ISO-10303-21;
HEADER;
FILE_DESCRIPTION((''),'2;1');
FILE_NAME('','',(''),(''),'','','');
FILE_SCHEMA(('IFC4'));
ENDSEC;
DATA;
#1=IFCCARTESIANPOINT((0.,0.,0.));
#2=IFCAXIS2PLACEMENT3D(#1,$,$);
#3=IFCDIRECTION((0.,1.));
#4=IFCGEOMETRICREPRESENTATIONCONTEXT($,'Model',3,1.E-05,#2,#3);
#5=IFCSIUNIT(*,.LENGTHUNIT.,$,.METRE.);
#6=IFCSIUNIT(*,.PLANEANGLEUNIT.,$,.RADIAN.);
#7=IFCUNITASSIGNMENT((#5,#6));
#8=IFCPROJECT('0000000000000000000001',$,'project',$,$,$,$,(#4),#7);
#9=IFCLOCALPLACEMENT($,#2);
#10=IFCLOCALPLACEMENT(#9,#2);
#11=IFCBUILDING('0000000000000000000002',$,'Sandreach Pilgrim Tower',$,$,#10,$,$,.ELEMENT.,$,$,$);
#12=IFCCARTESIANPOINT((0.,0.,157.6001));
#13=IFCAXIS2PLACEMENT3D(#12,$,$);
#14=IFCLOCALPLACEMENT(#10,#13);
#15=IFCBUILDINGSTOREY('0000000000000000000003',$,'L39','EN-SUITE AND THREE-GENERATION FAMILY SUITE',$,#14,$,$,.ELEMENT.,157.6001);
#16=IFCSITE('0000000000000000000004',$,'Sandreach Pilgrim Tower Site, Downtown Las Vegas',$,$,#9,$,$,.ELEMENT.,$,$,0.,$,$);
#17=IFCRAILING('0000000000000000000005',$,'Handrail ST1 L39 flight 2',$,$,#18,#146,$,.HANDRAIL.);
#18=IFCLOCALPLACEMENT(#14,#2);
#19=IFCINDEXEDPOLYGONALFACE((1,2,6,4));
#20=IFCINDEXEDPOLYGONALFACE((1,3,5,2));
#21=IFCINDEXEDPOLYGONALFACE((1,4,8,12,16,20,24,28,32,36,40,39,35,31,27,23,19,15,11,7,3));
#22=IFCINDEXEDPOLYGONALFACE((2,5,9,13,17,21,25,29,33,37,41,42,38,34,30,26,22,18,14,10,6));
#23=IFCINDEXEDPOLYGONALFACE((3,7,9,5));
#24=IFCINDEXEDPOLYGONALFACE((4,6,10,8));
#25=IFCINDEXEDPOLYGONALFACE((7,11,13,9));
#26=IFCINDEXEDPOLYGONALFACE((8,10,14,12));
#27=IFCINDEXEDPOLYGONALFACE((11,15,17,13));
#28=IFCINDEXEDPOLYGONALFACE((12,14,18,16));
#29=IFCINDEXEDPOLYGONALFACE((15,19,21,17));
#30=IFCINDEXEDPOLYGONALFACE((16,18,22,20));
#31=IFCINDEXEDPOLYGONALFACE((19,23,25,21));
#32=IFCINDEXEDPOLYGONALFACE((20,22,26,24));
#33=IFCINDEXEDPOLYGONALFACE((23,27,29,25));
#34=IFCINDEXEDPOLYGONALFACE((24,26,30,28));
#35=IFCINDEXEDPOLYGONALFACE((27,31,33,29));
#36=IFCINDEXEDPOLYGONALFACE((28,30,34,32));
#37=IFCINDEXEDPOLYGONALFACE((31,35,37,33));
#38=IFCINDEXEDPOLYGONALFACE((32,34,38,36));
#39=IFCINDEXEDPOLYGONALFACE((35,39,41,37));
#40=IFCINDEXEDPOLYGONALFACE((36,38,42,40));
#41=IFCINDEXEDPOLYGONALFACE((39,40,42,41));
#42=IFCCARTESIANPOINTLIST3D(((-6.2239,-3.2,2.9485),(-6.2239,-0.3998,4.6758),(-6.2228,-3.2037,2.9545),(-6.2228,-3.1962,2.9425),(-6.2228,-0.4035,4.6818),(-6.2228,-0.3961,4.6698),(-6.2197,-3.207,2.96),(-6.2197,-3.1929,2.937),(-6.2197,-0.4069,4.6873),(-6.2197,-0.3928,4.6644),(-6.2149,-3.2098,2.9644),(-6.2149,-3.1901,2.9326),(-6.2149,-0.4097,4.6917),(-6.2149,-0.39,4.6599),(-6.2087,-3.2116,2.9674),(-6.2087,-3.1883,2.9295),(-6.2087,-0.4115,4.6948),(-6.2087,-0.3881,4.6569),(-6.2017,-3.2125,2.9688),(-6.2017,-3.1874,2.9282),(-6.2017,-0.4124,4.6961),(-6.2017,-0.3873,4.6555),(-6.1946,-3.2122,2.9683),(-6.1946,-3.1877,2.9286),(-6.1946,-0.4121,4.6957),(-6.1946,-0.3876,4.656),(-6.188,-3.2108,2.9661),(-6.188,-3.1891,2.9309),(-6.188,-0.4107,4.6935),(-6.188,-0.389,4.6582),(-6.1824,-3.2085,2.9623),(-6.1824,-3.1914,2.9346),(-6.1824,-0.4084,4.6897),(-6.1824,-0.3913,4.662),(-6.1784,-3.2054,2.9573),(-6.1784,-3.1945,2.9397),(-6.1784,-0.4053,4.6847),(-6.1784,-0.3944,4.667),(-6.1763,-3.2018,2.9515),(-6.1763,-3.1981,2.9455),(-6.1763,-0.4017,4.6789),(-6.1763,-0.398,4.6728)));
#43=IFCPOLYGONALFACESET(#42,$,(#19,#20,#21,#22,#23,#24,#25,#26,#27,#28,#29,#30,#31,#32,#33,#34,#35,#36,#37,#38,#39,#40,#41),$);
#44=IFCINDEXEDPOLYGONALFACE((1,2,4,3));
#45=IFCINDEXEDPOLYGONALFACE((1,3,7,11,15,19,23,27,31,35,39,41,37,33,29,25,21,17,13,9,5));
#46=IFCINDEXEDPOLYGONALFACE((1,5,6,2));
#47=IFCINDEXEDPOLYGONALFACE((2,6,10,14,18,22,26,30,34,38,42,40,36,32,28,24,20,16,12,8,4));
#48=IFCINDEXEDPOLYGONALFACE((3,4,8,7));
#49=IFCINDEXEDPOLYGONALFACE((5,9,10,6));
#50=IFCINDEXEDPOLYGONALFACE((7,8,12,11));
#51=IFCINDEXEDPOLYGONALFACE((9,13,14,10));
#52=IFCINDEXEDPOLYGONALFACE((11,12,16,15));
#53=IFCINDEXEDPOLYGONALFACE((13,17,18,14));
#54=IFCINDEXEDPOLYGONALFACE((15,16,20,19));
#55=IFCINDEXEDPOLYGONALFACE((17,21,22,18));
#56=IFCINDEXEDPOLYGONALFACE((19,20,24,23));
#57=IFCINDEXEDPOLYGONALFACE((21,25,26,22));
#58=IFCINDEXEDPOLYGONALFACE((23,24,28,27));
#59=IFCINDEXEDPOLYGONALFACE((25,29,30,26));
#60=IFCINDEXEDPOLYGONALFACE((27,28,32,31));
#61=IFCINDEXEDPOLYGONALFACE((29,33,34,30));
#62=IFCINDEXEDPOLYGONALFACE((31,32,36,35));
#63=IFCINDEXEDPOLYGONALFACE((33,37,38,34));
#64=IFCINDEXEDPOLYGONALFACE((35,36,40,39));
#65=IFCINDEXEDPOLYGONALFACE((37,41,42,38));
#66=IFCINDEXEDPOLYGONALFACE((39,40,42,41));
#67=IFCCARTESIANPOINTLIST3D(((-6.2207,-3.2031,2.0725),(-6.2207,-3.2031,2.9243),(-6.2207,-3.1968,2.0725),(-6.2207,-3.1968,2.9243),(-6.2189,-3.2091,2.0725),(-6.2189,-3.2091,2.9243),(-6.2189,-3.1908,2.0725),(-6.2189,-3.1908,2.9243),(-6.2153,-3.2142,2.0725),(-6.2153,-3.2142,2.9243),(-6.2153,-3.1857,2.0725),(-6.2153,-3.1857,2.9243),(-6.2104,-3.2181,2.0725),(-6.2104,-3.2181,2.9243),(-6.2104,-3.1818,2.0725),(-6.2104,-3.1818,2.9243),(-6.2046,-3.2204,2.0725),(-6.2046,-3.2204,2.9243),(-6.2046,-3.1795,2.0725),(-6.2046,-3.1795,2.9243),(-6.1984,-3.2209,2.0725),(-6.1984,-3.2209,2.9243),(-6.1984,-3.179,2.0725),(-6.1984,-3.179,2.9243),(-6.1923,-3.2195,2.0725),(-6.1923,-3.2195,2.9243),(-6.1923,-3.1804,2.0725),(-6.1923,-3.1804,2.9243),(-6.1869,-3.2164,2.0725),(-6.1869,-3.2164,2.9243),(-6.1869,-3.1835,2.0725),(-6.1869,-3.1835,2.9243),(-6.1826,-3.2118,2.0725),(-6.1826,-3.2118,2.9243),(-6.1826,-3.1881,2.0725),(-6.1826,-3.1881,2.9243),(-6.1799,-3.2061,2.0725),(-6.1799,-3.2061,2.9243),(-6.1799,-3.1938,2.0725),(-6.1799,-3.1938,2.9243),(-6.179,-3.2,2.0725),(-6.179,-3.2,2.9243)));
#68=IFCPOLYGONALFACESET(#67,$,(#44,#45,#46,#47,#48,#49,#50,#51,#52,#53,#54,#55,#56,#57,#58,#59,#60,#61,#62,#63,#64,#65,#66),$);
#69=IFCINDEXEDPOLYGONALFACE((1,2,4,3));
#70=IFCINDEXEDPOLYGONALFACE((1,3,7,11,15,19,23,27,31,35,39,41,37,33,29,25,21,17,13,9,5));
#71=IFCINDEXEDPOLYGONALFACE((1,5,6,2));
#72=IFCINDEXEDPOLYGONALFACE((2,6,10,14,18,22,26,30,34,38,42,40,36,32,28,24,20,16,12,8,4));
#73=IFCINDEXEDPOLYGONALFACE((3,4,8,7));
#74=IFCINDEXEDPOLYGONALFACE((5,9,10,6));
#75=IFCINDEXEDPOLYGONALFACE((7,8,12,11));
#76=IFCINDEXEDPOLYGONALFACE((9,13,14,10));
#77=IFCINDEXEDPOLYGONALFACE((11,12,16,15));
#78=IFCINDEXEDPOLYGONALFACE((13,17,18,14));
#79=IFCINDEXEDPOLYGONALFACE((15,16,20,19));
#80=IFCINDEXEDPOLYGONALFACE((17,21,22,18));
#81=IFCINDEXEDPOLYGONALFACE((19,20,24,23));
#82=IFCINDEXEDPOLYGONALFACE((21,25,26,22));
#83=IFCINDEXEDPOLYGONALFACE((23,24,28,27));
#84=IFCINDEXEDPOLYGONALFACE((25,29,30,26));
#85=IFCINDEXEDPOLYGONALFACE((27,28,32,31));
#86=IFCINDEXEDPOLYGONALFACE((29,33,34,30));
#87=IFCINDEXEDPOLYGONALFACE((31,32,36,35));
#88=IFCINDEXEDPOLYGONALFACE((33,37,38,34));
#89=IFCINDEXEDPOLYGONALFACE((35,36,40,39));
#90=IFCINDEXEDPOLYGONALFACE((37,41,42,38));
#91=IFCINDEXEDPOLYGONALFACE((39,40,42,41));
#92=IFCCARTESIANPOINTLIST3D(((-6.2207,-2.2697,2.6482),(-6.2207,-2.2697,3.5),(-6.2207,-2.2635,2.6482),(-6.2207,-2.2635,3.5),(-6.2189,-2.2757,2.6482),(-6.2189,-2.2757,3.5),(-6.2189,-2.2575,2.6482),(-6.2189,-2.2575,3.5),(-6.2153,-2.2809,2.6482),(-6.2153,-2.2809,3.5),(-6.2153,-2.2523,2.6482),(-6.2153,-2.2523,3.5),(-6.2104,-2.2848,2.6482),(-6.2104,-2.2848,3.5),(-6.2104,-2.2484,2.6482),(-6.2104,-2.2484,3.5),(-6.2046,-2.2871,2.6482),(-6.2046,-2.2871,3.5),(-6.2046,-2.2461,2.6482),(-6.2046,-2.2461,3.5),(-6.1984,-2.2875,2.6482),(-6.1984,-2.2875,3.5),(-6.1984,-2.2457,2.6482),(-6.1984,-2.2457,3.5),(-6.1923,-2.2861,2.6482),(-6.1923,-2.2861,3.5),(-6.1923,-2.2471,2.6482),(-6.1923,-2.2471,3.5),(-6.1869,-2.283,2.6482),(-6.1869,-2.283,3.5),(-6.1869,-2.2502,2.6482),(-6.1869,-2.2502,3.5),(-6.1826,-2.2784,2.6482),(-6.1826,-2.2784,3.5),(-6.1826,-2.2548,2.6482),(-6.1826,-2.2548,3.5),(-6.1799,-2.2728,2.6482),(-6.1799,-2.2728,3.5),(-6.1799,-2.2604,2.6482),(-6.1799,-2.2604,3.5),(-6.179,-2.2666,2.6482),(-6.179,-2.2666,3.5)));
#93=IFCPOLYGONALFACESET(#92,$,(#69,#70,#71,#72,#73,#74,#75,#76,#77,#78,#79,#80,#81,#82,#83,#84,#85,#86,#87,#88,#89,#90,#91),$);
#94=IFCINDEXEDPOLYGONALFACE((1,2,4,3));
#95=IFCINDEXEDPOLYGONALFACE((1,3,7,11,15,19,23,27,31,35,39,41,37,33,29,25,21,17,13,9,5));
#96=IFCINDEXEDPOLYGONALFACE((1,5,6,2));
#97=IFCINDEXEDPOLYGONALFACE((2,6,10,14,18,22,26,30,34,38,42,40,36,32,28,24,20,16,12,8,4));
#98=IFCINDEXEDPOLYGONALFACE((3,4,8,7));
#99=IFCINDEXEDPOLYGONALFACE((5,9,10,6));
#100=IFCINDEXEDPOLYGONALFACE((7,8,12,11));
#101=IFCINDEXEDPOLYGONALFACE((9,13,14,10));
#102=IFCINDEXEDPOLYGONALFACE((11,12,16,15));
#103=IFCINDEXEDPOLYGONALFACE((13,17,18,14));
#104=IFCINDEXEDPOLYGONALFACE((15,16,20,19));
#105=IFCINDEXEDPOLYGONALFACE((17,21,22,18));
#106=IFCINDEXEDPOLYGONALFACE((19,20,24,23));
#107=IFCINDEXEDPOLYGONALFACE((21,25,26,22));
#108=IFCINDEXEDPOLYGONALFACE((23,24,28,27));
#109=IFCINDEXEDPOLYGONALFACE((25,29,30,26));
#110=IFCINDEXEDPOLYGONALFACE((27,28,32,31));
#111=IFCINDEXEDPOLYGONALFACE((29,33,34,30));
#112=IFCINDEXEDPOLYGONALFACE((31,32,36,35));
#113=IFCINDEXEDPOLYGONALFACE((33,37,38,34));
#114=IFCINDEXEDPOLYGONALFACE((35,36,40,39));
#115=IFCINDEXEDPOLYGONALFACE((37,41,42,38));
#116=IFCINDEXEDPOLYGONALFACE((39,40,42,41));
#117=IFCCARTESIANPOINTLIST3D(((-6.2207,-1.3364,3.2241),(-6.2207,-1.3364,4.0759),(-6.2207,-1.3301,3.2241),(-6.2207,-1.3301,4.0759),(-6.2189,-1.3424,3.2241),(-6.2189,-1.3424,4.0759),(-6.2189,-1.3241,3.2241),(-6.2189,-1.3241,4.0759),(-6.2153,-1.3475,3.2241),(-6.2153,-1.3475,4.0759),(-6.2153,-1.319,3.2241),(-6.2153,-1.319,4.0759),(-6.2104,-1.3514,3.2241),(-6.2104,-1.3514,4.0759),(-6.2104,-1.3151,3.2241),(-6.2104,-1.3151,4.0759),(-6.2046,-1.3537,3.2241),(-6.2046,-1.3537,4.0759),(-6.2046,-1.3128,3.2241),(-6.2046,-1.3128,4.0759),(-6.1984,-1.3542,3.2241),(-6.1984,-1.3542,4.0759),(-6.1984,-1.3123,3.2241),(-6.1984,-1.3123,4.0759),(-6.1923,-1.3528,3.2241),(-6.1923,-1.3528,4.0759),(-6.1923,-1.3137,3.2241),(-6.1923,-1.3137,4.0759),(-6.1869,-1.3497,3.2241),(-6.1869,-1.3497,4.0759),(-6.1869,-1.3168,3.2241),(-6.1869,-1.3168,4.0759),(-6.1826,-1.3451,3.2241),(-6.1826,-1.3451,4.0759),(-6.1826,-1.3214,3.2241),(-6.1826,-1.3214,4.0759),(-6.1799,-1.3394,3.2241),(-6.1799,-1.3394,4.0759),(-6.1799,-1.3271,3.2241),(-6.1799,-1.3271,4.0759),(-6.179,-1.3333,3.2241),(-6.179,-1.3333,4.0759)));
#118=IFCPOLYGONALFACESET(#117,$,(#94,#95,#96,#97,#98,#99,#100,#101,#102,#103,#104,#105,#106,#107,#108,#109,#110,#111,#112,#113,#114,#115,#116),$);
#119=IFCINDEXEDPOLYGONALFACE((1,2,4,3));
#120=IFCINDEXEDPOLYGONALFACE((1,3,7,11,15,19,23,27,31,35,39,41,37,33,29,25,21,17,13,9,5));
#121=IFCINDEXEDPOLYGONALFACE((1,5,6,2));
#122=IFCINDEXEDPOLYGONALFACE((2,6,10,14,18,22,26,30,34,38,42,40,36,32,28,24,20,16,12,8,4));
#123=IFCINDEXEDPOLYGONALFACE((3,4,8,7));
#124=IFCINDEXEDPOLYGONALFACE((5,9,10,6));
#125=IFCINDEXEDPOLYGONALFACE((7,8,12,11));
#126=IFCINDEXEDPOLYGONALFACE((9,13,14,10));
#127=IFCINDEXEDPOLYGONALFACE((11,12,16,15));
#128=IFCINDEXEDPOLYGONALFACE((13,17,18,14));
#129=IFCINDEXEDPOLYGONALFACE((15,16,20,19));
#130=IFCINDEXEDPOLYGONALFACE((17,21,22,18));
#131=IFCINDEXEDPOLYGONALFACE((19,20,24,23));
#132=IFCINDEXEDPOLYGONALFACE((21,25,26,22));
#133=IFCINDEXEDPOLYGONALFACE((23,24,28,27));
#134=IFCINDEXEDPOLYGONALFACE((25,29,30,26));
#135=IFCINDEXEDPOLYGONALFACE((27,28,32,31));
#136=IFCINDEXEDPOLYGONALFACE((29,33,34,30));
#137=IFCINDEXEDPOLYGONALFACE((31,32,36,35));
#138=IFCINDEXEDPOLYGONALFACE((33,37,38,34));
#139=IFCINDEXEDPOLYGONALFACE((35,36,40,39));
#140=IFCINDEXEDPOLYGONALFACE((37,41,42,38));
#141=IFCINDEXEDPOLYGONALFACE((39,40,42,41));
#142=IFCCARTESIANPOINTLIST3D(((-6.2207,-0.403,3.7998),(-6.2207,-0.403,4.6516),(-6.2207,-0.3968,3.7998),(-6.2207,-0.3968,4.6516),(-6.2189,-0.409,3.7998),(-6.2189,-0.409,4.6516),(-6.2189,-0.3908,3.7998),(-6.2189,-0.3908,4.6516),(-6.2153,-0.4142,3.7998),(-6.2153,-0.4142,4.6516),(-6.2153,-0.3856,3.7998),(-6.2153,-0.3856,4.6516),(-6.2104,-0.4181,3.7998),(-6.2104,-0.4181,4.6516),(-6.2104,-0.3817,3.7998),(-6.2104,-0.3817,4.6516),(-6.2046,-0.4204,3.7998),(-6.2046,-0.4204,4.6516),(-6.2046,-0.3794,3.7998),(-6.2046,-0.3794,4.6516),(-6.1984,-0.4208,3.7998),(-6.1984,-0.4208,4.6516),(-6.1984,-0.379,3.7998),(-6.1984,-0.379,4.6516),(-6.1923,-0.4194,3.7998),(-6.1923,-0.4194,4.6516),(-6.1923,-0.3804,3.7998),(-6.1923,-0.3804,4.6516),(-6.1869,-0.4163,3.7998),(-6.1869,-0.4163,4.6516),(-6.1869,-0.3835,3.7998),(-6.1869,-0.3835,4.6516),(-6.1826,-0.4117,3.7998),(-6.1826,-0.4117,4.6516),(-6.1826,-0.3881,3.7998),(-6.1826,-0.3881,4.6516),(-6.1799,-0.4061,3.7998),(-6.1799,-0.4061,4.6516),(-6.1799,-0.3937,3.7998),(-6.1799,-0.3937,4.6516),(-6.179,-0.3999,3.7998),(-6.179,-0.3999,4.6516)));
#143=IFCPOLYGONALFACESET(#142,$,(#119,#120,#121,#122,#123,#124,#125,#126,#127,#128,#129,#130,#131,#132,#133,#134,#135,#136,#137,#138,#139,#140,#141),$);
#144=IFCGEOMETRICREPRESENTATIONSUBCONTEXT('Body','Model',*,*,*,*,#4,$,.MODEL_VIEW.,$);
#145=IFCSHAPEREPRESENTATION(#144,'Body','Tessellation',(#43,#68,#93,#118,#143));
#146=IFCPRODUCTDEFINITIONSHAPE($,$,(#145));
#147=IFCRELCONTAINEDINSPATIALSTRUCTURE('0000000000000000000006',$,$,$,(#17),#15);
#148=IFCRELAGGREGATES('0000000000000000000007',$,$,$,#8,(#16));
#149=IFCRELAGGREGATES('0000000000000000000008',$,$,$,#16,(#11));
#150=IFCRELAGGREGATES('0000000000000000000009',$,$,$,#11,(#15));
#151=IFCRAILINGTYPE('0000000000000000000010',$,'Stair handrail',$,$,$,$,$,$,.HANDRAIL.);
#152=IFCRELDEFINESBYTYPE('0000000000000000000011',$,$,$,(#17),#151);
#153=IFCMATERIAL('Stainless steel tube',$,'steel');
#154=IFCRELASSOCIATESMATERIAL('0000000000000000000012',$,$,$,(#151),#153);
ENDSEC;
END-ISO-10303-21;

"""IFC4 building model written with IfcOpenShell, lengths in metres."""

from ifc_helpers import new_model, si_unit, direction, frame, origin, origin_2d, place, context, subcontext, project, spatial, circle, extrude, material, type_object, element, save


model = new_model("IFC4")

# Units and contexts
model_context = context("Model", 3, precision=1e-05, world=origin(), true_north=direction((0.0, 1.0)))
body_context = subcontext(model_context, "Body", "Model", "MODEL_VIEW")
ifc_project = project(units=[si_unit("LENGTHUNIT", "METRE"), si_unit("PLANEANGLEUNIT", "RADIAN")], contexts=[model_context])

# Site, building, storey
site_placement = place(None, origin())
site = spatial("IfcSite", under=ifc_project, at=site_placement, Name="Sandreach Pilgrim Tower Site, Downtown Las Vegas", CompositionType="ELEMENT", RefElevation=0.0)
building_placement = place(site_placement, origin())
building = spatial("IfcBuilding", under=site, at=building_placement, Name="Sandreach Pilgrim Tower", CompositionType="ELEMENT")
storey_placement = place(building_placement, frame((0.0, 0.0, 157.6001)))
storey = spatial("IfcBuildingStorey", under=building, at=storey_placement, Name="L39", Description="EN-SUITE AND THREE-GENERATION FAMILY SUITE", CompositionType="ELEMENT", Elevation=157.6001)

# Railing
ifc_material_1 = material(Name="Stainless steel tube", Category="steel")
railing_type = type_object("IfcRailingType", Name="Stair handrail", PredefinedType="HANDRAIL", material=ifc_material_1)
railing_placement = place(storey_placement, frame((-6.2, -3.2, 2.0725)))
element("IfcRailing", 1, at=railing_placement, inside=storey, type_object=railing_type, Name="Handrail ST1 L39 flight 2", PredefinedType="HANDRAIL", context=body_context, shape_type="SweptSolid", body=[
    extrude(circle(Radius=0.0239, at=origin_2d()), frame((0.0, 0.0, 0.876), z_axis=(0.0, 0.85109, 0.52502), x_axis=(-1.0, 0.0, 0.0)), (0.0, 0.0, 1.0), 3.29),
    extrude(circle(Radius=0.021, at=origin_2d()), origin(), (0.0, 0.0, 1.0), 0.8518),
    extrude(circle(Radius=0.021, at=origin_2d()), frame((0.0, 0.9333, 0.5757)), (0.0, 0.0, 1.0), 0.8518),
    extrude(circle(Radius=0.021, at=origin_2d()), frame((0.0, 1.8667, 1.1516)), (0.0, 0.0, 1.0), 0.8518),
    extrude(circle(Radius=0.021, at=origin_2d()), frame((0.0, 2.8, 1.7273)), (0.0, 0.0, 1.0), 0.8518),
])

save(model, "model.ifc")
